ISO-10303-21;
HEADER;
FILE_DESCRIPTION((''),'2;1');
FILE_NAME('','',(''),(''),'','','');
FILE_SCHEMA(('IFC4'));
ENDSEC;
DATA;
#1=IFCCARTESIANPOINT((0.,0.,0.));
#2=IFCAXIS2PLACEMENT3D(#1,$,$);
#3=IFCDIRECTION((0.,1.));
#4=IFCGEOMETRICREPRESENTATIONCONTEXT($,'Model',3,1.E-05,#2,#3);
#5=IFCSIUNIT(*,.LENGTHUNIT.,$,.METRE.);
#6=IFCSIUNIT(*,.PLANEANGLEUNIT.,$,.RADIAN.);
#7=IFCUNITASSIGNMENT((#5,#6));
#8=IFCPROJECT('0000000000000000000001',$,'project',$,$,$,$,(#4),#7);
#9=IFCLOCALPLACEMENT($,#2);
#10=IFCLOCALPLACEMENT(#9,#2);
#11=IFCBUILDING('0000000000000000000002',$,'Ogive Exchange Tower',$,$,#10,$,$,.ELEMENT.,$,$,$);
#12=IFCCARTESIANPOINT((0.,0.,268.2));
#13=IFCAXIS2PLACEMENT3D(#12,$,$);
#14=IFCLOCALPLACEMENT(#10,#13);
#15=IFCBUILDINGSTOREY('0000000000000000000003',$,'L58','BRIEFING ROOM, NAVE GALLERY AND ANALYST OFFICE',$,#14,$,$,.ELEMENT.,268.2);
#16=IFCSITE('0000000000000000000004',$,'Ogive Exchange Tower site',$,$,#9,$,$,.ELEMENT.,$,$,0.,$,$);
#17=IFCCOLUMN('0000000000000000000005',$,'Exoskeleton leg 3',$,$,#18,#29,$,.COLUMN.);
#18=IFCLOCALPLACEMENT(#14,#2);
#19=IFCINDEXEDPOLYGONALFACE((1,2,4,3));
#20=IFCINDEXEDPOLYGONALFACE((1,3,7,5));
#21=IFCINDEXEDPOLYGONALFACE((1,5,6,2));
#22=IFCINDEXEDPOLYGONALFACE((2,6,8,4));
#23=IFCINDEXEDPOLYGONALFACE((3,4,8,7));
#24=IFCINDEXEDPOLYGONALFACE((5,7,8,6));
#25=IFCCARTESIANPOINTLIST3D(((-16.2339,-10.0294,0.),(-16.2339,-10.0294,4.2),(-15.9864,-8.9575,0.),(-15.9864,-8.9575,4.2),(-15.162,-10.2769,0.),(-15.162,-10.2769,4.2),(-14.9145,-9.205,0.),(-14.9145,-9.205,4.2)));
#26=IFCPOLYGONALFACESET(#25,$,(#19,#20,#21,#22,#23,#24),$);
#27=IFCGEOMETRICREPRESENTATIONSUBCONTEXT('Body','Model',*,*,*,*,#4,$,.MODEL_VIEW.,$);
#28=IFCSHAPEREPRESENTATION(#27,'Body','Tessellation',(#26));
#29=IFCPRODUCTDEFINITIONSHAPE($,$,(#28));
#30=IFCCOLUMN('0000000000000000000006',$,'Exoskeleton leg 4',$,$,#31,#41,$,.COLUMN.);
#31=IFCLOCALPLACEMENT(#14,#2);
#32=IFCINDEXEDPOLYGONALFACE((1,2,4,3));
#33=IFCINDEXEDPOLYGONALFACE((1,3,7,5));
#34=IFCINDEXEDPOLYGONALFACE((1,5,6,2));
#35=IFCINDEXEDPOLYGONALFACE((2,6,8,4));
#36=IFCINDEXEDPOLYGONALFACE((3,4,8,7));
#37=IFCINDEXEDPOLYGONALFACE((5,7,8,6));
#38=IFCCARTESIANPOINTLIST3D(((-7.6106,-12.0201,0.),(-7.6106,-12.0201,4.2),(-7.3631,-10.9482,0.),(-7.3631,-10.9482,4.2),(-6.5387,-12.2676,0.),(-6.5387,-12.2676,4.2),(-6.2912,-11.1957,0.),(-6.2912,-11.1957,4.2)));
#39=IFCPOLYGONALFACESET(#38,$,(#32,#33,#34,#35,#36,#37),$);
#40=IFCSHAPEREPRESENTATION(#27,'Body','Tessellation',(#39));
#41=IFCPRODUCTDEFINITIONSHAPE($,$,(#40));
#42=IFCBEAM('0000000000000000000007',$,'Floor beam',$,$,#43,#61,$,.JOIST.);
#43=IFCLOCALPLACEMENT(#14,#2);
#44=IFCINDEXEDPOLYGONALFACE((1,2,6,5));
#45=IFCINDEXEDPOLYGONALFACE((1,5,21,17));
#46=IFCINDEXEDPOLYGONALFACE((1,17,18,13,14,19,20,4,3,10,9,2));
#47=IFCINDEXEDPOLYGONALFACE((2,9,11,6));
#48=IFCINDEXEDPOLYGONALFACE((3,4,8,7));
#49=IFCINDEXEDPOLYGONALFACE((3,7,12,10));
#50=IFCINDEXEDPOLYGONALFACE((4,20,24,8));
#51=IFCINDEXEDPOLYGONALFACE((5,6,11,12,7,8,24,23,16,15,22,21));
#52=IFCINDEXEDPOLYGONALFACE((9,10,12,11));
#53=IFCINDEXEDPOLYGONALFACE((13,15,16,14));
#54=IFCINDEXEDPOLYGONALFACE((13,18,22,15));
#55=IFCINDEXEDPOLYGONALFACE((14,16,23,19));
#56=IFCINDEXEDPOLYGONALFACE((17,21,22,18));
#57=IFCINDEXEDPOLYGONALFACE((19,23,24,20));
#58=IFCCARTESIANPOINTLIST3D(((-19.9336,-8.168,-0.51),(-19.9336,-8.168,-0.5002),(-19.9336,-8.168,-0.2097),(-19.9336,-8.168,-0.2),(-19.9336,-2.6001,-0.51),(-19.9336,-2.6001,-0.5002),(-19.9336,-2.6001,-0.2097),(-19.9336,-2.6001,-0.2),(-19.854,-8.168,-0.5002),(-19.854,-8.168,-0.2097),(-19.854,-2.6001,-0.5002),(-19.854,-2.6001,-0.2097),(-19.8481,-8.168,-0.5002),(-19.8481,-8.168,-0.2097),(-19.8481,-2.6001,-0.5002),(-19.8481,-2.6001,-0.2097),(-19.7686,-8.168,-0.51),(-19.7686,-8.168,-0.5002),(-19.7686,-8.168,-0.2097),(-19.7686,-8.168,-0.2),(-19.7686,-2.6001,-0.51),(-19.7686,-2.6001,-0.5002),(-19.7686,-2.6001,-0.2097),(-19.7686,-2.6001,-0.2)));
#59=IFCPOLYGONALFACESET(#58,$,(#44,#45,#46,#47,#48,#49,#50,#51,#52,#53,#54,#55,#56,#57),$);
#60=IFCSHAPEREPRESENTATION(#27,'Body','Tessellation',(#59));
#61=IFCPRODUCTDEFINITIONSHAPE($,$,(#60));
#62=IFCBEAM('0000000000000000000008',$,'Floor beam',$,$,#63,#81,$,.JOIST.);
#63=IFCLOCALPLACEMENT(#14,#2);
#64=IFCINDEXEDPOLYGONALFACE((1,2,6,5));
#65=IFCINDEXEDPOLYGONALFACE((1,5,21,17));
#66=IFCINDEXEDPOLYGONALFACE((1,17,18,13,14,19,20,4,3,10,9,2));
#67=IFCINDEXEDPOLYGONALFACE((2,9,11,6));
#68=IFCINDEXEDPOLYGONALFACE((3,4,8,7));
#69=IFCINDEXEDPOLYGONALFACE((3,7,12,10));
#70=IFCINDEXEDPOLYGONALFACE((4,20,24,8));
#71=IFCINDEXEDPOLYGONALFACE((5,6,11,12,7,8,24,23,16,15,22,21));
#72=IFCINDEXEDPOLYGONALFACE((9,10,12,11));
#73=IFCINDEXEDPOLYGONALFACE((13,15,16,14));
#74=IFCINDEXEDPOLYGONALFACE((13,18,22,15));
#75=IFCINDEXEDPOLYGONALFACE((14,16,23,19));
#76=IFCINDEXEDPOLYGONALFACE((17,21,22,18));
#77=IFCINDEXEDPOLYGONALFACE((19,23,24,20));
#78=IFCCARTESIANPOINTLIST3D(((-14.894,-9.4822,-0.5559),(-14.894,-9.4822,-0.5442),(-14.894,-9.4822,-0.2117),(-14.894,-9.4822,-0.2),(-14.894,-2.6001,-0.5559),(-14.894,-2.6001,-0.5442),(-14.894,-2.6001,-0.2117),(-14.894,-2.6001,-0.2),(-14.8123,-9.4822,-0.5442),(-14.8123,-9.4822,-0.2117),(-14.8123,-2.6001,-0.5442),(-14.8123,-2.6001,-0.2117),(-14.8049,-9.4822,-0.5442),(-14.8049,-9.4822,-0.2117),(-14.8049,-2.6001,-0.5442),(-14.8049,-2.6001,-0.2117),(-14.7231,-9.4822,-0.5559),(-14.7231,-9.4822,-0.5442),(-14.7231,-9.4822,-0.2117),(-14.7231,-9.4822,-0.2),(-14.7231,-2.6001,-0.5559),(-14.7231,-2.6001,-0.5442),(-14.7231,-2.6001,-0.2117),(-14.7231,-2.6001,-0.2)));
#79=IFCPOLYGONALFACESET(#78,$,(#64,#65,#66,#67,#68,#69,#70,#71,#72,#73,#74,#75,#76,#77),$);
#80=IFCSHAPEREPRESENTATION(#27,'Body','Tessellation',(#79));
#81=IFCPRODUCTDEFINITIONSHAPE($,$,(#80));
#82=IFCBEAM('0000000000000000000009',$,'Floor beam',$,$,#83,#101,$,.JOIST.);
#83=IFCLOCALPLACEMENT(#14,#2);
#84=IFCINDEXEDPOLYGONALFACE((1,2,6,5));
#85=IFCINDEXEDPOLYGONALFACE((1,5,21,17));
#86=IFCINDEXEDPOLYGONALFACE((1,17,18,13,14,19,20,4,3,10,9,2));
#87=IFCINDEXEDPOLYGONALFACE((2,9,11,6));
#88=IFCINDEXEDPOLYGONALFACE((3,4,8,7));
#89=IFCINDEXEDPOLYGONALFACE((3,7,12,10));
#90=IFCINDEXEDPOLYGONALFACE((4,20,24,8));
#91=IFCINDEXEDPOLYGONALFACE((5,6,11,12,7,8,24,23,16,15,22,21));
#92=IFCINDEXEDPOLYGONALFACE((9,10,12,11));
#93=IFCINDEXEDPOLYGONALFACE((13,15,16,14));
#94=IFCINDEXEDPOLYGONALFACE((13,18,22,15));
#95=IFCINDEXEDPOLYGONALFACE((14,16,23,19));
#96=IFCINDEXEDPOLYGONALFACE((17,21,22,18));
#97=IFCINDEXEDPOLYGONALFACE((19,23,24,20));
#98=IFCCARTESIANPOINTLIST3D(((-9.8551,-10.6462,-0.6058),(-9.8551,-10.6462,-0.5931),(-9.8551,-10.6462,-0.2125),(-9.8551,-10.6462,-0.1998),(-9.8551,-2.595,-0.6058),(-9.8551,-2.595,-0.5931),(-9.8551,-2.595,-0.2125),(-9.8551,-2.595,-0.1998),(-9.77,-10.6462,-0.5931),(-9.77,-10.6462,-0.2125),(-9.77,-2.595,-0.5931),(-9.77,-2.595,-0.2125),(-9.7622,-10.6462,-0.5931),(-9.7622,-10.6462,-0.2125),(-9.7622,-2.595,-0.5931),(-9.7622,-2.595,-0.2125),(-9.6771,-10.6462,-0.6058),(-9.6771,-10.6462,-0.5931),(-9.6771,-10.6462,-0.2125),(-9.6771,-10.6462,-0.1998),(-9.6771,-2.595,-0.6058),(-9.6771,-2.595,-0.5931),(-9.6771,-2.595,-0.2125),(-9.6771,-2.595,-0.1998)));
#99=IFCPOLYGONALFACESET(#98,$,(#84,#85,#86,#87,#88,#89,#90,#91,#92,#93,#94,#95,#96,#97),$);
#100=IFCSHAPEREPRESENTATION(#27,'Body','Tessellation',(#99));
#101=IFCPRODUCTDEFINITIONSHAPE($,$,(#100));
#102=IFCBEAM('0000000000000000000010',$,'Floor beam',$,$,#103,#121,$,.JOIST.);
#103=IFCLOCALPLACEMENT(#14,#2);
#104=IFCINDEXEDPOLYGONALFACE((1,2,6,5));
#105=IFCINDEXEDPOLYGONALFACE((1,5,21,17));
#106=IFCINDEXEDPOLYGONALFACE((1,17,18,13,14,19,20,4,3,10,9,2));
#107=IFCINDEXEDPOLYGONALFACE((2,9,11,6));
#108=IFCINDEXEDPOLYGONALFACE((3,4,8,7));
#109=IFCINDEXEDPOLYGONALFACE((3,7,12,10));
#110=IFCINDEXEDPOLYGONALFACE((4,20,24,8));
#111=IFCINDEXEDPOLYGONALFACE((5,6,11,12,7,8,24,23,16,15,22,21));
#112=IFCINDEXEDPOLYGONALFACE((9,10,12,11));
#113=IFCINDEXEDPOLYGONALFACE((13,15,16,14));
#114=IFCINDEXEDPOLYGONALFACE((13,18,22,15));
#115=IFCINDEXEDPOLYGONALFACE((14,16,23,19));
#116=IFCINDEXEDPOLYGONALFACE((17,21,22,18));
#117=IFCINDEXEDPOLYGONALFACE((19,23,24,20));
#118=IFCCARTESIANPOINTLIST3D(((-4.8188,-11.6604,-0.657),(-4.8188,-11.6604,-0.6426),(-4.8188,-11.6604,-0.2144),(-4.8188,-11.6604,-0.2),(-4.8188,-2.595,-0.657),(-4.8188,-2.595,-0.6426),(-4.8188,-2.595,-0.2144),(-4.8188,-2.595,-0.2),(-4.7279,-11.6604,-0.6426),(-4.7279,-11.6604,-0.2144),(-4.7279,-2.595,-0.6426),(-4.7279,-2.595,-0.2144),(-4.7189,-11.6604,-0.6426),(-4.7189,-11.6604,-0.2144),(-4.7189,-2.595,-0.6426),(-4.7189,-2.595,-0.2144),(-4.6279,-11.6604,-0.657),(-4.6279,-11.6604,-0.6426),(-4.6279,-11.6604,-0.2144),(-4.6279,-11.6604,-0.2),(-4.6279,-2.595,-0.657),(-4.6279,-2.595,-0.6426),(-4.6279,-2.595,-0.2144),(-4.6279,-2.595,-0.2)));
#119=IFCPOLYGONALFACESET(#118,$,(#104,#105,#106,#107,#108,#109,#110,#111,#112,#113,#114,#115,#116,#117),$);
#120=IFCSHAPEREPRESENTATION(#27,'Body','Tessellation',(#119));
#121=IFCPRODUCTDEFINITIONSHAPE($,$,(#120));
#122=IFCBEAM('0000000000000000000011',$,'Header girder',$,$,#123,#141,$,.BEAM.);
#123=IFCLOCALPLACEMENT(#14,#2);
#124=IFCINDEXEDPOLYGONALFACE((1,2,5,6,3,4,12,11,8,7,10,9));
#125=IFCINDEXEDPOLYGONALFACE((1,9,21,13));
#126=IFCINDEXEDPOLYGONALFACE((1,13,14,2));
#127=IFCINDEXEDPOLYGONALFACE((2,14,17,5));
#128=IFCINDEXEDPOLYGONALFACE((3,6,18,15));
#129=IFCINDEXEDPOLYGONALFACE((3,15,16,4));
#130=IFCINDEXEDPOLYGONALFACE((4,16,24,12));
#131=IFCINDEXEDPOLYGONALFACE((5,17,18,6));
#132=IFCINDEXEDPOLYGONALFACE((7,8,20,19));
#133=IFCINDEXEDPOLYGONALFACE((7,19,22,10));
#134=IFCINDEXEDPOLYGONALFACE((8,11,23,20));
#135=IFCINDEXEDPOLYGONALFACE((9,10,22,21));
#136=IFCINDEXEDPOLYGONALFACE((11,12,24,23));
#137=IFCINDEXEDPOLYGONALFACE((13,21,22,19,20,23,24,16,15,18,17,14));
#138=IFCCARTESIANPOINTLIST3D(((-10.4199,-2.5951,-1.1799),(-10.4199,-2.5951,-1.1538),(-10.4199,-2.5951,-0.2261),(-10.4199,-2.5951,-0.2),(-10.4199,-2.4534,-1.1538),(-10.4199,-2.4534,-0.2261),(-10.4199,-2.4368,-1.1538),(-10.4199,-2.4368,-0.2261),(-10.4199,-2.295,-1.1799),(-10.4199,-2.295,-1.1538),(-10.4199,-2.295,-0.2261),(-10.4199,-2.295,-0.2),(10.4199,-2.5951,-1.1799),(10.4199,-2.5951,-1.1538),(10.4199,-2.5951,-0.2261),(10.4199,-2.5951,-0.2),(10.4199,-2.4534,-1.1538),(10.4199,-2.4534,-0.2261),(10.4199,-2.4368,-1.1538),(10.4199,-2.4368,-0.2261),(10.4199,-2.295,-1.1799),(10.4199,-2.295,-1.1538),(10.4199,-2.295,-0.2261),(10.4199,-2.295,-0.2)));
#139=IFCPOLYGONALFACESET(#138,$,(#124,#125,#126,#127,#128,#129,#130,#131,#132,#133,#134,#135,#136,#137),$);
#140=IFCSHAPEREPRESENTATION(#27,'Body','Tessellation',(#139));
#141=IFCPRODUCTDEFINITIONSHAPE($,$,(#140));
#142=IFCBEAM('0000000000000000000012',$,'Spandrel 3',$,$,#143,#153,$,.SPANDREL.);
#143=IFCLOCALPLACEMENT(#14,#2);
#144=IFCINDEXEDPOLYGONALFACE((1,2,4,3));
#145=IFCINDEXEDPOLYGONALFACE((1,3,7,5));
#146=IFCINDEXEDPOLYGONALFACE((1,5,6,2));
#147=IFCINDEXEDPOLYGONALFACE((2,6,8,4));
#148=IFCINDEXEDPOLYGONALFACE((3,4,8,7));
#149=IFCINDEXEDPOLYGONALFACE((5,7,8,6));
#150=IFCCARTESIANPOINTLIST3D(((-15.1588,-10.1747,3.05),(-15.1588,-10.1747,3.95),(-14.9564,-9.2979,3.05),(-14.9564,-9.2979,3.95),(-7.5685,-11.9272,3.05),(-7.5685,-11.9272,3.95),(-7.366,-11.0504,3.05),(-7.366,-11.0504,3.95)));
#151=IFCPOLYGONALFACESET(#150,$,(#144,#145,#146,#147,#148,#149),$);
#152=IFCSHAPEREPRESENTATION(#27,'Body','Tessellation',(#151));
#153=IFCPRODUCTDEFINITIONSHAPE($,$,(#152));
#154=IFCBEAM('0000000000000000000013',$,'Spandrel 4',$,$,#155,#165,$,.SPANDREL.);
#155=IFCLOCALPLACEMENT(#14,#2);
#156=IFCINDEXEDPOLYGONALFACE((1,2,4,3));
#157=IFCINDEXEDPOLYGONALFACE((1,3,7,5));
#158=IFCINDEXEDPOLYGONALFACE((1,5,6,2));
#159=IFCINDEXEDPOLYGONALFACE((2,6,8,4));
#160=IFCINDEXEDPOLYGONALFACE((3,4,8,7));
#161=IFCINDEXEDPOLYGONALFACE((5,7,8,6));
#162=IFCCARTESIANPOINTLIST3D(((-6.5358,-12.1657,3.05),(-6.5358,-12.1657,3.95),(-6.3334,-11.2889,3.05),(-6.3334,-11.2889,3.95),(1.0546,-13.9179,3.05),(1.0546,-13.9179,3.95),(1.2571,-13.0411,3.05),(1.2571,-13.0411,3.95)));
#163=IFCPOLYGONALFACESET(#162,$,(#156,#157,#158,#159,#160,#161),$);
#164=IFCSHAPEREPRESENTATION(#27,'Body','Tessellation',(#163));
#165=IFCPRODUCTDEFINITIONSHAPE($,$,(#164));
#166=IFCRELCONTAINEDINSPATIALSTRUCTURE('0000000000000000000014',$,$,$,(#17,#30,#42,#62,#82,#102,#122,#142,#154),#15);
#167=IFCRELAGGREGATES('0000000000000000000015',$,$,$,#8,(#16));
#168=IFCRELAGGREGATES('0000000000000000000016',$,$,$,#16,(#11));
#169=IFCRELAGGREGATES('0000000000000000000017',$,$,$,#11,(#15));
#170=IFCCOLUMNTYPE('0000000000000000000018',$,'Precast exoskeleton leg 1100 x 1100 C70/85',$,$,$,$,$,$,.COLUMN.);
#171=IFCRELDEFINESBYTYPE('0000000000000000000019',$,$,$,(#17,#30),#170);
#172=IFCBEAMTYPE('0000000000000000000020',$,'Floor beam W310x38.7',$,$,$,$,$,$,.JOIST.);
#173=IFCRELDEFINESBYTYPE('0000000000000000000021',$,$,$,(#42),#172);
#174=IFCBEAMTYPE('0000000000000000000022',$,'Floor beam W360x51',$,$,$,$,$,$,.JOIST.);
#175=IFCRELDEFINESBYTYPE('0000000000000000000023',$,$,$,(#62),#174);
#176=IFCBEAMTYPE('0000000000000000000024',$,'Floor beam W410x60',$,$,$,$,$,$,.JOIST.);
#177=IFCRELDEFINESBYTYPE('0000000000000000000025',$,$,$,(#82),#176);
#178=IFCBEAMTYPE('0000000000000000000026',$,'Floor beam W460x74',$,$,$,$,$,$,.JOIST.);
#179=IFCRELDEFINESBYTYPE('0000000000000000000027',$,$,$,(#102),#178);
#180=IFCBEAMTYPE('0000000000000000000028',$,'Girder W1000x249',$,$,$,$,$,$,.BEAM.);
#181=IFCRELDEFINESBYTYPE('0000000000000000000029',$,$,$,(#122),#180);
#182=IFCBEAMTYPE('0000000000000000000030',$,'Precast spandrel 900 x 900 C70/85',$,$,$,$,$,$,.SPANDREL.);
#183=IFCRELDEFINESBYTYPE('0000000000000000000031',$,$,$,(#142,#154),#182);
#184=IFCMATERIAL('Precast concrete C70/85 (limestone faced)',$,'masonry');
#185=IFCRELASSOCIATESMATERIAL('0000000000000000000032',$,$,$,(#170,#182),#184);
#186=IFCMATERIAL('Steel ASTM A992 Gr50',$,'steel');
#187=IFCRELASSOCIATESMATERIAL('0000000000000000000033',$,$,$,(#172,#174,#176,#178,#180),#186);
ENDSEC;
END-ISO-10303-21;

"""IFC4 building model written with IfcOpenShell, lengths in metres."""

from ifc_helpers import new_model, si_unit, direction, frame, origin, origin_2d, place, context, subcontext, project, spatial, rectangle, i_section, extrude, material, material_profile, profile_set, type_object, element, save


model = new_model("IFC4")

# Units and contexts
model_context = context("Model", 3, precision=1e-05, world=origin(), true_north=direction((0.0, 1.0)))
body_context = subcontext(model_context, "Body", "Model", "MODEL_VIEW")
ifc_project = project(units=[si_unit("LENGTHUNIT", "METRE"), si_unit("PLANEANGLEUNIT", "RADIAN")], contexts=[model_context])

# Site, building, storey
site_placement = place(None, origin())
site = spatial("IfcSite", under=ifc_project, at=site_placement, Name="Ogive Exchange Tower site", CompositionType="ELEMENT", RefElevation=0.0)
building_placement = place(site_placement, origin())
building = spatial("IfcBuilding", under=site, at=building_placement, Name="Ogive Exchange Tower", CompositionType="ELEMENT")
storey_placement = place(building_placement, frame((0.0, 0.0, 268.2)))
storey = spatial("IfcBuildingStorey", under=building, at=storey_placement, Name="L58", Description="BRIEFING ROOM, NAVE GALLERY AND ANALYST OFFICE", CompositionType="ELEMENT", Elevation=268.2)

# Columns
ifc_material_1 = material(Name="Precast concrete C70/85 (limestone faced)", Category="masonry")
ifc_material_profile_1 = material_profile(ifc_material_1, rectangle(XDim=1.1001, YDim=1.1001, at=origin_2d()), Name="1100 x 1100")
ifc_profile_set_1 = profile_set([ifc_material_profile_1], Name="Precast concrete C70/85 (limestone faced)")
column_type = type_object("IfcColumnType", Name="Precast exoskeleton leg 1100 x 1100 C70/85", PredefinedType="COLUMN", material=ifc_profile_set_1)
for number, where, z_axis, x_axis, name in (
    (1, (-15.5742, -9.6172, 0.0), (0.0, 0.0, 1.0), (0.97437, -0.224951, 0.0), "Exoskeleton leg 3"),
    (2, (-6.9509, -11.6079, 0.0), (0.0, 0.0, 1.0), (0.97437, -0.224951, 0.0), "Exoskeleton leg 4"),
):
    element("IfcColumn", number, at=place(storey_placement, frame(where, z_axis=z_axis, x_axis=x_axis)), inside=storey, type_object=column_type, Name=name, PredefinedType="COLUMN", context=body_context, shape_type="SweptSolid", body=[
        extrude(rectangle(XDim=1.1001, YDim=1.1001, at=origin_2d()), origin(), (0.0, 0.0, 1.0), 4.2),
    ])

# Beams
ifc_material_2 = material(Name="Steel ASTM A992 Gr50", Category="steel")
ifc_material_profile_2 = material_profile(ifc_material_2, i_section(OverallWidth=0.165, OverallDepth=0.3101, WebThickness=0.0059, FlangeThickness=0.0098, at=origin_2d()), Name="W310x38.7")
ifc_profile_set_2 = profile_set([ifc_material_profile_2], Name="Steel ASTM A992 Gr50")
beam_type_1 = type_object("IfcBeamType", Name="Floor beam W310x38.7", PredefinedType="JOIST", material=ifc_profile_set_2)
beam_1_placement = place(storey_placement, frame((-19.8511, -8.168, -0.355), z_axis=(0.0, 1.0, 0.0), x_axis=(-1.0, 0.0, 0.0)))
element("IfcBeam", 3, at=beam_1_placement, inside=storey, type_object=beam_type_1, Name="Floor beam", PredefinedType="JOIST", context=body_context, shape_type="SweptSolid", body=[
    extrude(i_section(OverallWidth=0.165, OverallDepth=0.3101, WebThickness=0.0059, FlangeThickness=0.0098, at=origin_2d()), origin(), (0.0, 0.0, 1.0), 5.5679),
])
ifc_material_profile_3 = material_profile(ifc_material_2, i_section(OverallWidth=0.1709, OverallDepth=0.356, WebThickness=0.0073, FlangeThickness=0.0117, at=origin_2d()), Name="W360x51")
ifc_profile_set_3 = profile_set([ifc_material_profile_3], Name="Steel ASTM A992 Gr50")
beam_type_2 = type_object("IfcBeamType", Name="Floor beam W360x51", PredefinedType="JOIST", material=ifc_profile_set_3)
beam_2_placement = place(storey_placement, frame((-14.8086, -9.4822, -0.3779), z_axis=(0.0, 1.0, 0.0), x_axis=(-1.0, 0.0, 0.0)))
element("IfcBeam", 4, at=beam_2_placement, inside=storey, type_object=beam_type_2, Name="Floor beam", PredefinedType="JOIST", context=body_context, shape_type="SweptSolid", body=[
    extrude(i_section(OverallWidth=0.1709, OverallDepth=0.356, WebThickness=0.0073, FlangeThickness=0.0117, at=origin_2d()), origin(), (0.0, 0.0, 1.0), 6.8821),
])
ifc_material_profile_4 = material_profile(ifc_material_2, i_section(OverallWidth=0.178, OverallDepth=0.406, WebThickness=0.0078, FlangeThickness=0.0127, at=origin_2d()), Name="W410x60")
ifc_profile_set_4 = profile_set([ifc_material_profile_4], Name="Steel ASTM A992 Gr50")
beam_type_3 = type_object("IfcBeamType", Name="Floor beam W410x60", PredefinedType="JOIST", material=ifc_profile_set_4)
beam_3_placement = place(storey_placement, frame((-9.7661, -10.6462, -0.4028), z_axis=(0.0, 1.0, 0.0), x_axis=(-1.0, 0.0, 0.0)))
element("IfcBeam", 5, at=beam_3_placement, inside=storey, type_object=beam_type_3, Name="Floor beam", PredefinedType="JOIST", context=body_context, shape_type="SweptSolid", body=[
    extrude(i_section(OverallWidth=0.178, OverallDepth=0.406, WebThickness=0.0078, FlangeThickness=0.0127, at=origin_2d()), origin(), (0.0, 0.0, 1.0), 8.0513),
])
ifc_material_profile_5 = material_profile(ifc_material_2, i_section(OverallWidth=0.1909, OverallDepth=0.457, WebThickness=0.009, FlangeThickness=0.0144, at=origin_2d()), Name="W460x74")
ifc_profile_set_5 = profile_set([ifc_material_profile_5], Name="Steel ASTM A992 Gr50")
beam_type_4 = type_object("IfcBeamType", Name="Floor beam W460x74", PredefinedType="JOIST", material=ifc_profile_set_5)
beam_4_placement = place(storey_placement, frame((-4.7234, -11.6604, -0.4285), z_axis=(0.0, 1.0, 0.0), x_axis=(-1.0, 0.0, 0.0)))
element("IfcBeam", 6, at=beam_4_placement, inside=storey, type_object=beam_type_4, Name="Floor beam", PredefinedType="JOIST", context=body_context, shape_type="SweptSolid", body=[
    extrude(i_section(OverallWidth=0.1909, OverallDepth=0.457, WebThickness=0.009, FlangeThickness=0.0144, at=origin_2d()), origin(), (0.0, 0.0, 1.0), 9.0654),
])
ifc_material_profile_6 = material_profile(ifc_material_2, i_section(OverallWidth=0.3, OverallDepth=0.98, WebThickness=0.0166, FlangeThickness=0.0261, at=origin_2d()), Name="W1000x249")
ifc_profile_set_6 = profile_set([ifc_material_profile_6], Name="Steel ASTM A992 Gr50")
beam_type_5 = type_object("IfcBeamType", Name="Girder W1000x249", PredefinedType="BEAM", material=ifc_profile_set_6)
beam_5_placement = place(storey_placement, frame((-10.4199, -2.4451, -0.6899), z_axis=(1.0, 0.0, 0.0), x_axis=(0.0, 1.0, 0.0)))
element("IfcBeam", 7, at=beam_5_placement, inside=storey, type_object=beam_type_5, Name="Header girder", PredefinedType="BEAM", context=body_context, shape_type="SweptSolid", body=[
    extrude(i_section(OverallWidth=0.3, OverallDepth=0.98, WebThickness=0.0166, FlangeThickness=0.0261, at=origin_2d()), origin(), (0.0, 0.0, 1.0), 20.8398),
])
ifc_material_profile_7 = material_profile(ifc_material_1, rectangle(XDim=0.8999, YDim=0.8999, at=origin_2d()), Name="900 x 900")
ifc_profile_set_7 = profile_set([ifc_material_profile_7], Name="Precast concrete C70/85 (limestone faced)")
beam_type_6 = type_object("IfcBeamType", Name="Precast spandrel 900 x 900 C70/85", PredefinedType="SPANDREL", material=ifc_profile_set_7)
for number, where, z_axis, x_axis, name in (
    (8, (-15.0576, -9.7363, 3.5), (0.974368, -0.22496, 0.0), (0.22496, 0.974368, 0.0), "Spandrel 3"),
    (9, (-6.4346, -11.7273, 3.5), (0.974375, -0.22493, 0.0), (0.22493, 0.974375, 0.0), "Spandrel 4"),
):
    element("IfcBeam", number, at=place(storey_placement, frame(where, z_axis=z_axis, x_axis=x_axis)), inside=storey, type_object=beam_type_6, Name=name, PredefinedType="SPANDREL", context=body_context, shape_type="SweptSolid", body=[
        extrude(rectangle(XDim=0.8999, YDim=0.8999, at=origin_2d()), origin(), (0.0, 0.0, 1.0), 7.79),
    ])

save(model, "model.ifc")
